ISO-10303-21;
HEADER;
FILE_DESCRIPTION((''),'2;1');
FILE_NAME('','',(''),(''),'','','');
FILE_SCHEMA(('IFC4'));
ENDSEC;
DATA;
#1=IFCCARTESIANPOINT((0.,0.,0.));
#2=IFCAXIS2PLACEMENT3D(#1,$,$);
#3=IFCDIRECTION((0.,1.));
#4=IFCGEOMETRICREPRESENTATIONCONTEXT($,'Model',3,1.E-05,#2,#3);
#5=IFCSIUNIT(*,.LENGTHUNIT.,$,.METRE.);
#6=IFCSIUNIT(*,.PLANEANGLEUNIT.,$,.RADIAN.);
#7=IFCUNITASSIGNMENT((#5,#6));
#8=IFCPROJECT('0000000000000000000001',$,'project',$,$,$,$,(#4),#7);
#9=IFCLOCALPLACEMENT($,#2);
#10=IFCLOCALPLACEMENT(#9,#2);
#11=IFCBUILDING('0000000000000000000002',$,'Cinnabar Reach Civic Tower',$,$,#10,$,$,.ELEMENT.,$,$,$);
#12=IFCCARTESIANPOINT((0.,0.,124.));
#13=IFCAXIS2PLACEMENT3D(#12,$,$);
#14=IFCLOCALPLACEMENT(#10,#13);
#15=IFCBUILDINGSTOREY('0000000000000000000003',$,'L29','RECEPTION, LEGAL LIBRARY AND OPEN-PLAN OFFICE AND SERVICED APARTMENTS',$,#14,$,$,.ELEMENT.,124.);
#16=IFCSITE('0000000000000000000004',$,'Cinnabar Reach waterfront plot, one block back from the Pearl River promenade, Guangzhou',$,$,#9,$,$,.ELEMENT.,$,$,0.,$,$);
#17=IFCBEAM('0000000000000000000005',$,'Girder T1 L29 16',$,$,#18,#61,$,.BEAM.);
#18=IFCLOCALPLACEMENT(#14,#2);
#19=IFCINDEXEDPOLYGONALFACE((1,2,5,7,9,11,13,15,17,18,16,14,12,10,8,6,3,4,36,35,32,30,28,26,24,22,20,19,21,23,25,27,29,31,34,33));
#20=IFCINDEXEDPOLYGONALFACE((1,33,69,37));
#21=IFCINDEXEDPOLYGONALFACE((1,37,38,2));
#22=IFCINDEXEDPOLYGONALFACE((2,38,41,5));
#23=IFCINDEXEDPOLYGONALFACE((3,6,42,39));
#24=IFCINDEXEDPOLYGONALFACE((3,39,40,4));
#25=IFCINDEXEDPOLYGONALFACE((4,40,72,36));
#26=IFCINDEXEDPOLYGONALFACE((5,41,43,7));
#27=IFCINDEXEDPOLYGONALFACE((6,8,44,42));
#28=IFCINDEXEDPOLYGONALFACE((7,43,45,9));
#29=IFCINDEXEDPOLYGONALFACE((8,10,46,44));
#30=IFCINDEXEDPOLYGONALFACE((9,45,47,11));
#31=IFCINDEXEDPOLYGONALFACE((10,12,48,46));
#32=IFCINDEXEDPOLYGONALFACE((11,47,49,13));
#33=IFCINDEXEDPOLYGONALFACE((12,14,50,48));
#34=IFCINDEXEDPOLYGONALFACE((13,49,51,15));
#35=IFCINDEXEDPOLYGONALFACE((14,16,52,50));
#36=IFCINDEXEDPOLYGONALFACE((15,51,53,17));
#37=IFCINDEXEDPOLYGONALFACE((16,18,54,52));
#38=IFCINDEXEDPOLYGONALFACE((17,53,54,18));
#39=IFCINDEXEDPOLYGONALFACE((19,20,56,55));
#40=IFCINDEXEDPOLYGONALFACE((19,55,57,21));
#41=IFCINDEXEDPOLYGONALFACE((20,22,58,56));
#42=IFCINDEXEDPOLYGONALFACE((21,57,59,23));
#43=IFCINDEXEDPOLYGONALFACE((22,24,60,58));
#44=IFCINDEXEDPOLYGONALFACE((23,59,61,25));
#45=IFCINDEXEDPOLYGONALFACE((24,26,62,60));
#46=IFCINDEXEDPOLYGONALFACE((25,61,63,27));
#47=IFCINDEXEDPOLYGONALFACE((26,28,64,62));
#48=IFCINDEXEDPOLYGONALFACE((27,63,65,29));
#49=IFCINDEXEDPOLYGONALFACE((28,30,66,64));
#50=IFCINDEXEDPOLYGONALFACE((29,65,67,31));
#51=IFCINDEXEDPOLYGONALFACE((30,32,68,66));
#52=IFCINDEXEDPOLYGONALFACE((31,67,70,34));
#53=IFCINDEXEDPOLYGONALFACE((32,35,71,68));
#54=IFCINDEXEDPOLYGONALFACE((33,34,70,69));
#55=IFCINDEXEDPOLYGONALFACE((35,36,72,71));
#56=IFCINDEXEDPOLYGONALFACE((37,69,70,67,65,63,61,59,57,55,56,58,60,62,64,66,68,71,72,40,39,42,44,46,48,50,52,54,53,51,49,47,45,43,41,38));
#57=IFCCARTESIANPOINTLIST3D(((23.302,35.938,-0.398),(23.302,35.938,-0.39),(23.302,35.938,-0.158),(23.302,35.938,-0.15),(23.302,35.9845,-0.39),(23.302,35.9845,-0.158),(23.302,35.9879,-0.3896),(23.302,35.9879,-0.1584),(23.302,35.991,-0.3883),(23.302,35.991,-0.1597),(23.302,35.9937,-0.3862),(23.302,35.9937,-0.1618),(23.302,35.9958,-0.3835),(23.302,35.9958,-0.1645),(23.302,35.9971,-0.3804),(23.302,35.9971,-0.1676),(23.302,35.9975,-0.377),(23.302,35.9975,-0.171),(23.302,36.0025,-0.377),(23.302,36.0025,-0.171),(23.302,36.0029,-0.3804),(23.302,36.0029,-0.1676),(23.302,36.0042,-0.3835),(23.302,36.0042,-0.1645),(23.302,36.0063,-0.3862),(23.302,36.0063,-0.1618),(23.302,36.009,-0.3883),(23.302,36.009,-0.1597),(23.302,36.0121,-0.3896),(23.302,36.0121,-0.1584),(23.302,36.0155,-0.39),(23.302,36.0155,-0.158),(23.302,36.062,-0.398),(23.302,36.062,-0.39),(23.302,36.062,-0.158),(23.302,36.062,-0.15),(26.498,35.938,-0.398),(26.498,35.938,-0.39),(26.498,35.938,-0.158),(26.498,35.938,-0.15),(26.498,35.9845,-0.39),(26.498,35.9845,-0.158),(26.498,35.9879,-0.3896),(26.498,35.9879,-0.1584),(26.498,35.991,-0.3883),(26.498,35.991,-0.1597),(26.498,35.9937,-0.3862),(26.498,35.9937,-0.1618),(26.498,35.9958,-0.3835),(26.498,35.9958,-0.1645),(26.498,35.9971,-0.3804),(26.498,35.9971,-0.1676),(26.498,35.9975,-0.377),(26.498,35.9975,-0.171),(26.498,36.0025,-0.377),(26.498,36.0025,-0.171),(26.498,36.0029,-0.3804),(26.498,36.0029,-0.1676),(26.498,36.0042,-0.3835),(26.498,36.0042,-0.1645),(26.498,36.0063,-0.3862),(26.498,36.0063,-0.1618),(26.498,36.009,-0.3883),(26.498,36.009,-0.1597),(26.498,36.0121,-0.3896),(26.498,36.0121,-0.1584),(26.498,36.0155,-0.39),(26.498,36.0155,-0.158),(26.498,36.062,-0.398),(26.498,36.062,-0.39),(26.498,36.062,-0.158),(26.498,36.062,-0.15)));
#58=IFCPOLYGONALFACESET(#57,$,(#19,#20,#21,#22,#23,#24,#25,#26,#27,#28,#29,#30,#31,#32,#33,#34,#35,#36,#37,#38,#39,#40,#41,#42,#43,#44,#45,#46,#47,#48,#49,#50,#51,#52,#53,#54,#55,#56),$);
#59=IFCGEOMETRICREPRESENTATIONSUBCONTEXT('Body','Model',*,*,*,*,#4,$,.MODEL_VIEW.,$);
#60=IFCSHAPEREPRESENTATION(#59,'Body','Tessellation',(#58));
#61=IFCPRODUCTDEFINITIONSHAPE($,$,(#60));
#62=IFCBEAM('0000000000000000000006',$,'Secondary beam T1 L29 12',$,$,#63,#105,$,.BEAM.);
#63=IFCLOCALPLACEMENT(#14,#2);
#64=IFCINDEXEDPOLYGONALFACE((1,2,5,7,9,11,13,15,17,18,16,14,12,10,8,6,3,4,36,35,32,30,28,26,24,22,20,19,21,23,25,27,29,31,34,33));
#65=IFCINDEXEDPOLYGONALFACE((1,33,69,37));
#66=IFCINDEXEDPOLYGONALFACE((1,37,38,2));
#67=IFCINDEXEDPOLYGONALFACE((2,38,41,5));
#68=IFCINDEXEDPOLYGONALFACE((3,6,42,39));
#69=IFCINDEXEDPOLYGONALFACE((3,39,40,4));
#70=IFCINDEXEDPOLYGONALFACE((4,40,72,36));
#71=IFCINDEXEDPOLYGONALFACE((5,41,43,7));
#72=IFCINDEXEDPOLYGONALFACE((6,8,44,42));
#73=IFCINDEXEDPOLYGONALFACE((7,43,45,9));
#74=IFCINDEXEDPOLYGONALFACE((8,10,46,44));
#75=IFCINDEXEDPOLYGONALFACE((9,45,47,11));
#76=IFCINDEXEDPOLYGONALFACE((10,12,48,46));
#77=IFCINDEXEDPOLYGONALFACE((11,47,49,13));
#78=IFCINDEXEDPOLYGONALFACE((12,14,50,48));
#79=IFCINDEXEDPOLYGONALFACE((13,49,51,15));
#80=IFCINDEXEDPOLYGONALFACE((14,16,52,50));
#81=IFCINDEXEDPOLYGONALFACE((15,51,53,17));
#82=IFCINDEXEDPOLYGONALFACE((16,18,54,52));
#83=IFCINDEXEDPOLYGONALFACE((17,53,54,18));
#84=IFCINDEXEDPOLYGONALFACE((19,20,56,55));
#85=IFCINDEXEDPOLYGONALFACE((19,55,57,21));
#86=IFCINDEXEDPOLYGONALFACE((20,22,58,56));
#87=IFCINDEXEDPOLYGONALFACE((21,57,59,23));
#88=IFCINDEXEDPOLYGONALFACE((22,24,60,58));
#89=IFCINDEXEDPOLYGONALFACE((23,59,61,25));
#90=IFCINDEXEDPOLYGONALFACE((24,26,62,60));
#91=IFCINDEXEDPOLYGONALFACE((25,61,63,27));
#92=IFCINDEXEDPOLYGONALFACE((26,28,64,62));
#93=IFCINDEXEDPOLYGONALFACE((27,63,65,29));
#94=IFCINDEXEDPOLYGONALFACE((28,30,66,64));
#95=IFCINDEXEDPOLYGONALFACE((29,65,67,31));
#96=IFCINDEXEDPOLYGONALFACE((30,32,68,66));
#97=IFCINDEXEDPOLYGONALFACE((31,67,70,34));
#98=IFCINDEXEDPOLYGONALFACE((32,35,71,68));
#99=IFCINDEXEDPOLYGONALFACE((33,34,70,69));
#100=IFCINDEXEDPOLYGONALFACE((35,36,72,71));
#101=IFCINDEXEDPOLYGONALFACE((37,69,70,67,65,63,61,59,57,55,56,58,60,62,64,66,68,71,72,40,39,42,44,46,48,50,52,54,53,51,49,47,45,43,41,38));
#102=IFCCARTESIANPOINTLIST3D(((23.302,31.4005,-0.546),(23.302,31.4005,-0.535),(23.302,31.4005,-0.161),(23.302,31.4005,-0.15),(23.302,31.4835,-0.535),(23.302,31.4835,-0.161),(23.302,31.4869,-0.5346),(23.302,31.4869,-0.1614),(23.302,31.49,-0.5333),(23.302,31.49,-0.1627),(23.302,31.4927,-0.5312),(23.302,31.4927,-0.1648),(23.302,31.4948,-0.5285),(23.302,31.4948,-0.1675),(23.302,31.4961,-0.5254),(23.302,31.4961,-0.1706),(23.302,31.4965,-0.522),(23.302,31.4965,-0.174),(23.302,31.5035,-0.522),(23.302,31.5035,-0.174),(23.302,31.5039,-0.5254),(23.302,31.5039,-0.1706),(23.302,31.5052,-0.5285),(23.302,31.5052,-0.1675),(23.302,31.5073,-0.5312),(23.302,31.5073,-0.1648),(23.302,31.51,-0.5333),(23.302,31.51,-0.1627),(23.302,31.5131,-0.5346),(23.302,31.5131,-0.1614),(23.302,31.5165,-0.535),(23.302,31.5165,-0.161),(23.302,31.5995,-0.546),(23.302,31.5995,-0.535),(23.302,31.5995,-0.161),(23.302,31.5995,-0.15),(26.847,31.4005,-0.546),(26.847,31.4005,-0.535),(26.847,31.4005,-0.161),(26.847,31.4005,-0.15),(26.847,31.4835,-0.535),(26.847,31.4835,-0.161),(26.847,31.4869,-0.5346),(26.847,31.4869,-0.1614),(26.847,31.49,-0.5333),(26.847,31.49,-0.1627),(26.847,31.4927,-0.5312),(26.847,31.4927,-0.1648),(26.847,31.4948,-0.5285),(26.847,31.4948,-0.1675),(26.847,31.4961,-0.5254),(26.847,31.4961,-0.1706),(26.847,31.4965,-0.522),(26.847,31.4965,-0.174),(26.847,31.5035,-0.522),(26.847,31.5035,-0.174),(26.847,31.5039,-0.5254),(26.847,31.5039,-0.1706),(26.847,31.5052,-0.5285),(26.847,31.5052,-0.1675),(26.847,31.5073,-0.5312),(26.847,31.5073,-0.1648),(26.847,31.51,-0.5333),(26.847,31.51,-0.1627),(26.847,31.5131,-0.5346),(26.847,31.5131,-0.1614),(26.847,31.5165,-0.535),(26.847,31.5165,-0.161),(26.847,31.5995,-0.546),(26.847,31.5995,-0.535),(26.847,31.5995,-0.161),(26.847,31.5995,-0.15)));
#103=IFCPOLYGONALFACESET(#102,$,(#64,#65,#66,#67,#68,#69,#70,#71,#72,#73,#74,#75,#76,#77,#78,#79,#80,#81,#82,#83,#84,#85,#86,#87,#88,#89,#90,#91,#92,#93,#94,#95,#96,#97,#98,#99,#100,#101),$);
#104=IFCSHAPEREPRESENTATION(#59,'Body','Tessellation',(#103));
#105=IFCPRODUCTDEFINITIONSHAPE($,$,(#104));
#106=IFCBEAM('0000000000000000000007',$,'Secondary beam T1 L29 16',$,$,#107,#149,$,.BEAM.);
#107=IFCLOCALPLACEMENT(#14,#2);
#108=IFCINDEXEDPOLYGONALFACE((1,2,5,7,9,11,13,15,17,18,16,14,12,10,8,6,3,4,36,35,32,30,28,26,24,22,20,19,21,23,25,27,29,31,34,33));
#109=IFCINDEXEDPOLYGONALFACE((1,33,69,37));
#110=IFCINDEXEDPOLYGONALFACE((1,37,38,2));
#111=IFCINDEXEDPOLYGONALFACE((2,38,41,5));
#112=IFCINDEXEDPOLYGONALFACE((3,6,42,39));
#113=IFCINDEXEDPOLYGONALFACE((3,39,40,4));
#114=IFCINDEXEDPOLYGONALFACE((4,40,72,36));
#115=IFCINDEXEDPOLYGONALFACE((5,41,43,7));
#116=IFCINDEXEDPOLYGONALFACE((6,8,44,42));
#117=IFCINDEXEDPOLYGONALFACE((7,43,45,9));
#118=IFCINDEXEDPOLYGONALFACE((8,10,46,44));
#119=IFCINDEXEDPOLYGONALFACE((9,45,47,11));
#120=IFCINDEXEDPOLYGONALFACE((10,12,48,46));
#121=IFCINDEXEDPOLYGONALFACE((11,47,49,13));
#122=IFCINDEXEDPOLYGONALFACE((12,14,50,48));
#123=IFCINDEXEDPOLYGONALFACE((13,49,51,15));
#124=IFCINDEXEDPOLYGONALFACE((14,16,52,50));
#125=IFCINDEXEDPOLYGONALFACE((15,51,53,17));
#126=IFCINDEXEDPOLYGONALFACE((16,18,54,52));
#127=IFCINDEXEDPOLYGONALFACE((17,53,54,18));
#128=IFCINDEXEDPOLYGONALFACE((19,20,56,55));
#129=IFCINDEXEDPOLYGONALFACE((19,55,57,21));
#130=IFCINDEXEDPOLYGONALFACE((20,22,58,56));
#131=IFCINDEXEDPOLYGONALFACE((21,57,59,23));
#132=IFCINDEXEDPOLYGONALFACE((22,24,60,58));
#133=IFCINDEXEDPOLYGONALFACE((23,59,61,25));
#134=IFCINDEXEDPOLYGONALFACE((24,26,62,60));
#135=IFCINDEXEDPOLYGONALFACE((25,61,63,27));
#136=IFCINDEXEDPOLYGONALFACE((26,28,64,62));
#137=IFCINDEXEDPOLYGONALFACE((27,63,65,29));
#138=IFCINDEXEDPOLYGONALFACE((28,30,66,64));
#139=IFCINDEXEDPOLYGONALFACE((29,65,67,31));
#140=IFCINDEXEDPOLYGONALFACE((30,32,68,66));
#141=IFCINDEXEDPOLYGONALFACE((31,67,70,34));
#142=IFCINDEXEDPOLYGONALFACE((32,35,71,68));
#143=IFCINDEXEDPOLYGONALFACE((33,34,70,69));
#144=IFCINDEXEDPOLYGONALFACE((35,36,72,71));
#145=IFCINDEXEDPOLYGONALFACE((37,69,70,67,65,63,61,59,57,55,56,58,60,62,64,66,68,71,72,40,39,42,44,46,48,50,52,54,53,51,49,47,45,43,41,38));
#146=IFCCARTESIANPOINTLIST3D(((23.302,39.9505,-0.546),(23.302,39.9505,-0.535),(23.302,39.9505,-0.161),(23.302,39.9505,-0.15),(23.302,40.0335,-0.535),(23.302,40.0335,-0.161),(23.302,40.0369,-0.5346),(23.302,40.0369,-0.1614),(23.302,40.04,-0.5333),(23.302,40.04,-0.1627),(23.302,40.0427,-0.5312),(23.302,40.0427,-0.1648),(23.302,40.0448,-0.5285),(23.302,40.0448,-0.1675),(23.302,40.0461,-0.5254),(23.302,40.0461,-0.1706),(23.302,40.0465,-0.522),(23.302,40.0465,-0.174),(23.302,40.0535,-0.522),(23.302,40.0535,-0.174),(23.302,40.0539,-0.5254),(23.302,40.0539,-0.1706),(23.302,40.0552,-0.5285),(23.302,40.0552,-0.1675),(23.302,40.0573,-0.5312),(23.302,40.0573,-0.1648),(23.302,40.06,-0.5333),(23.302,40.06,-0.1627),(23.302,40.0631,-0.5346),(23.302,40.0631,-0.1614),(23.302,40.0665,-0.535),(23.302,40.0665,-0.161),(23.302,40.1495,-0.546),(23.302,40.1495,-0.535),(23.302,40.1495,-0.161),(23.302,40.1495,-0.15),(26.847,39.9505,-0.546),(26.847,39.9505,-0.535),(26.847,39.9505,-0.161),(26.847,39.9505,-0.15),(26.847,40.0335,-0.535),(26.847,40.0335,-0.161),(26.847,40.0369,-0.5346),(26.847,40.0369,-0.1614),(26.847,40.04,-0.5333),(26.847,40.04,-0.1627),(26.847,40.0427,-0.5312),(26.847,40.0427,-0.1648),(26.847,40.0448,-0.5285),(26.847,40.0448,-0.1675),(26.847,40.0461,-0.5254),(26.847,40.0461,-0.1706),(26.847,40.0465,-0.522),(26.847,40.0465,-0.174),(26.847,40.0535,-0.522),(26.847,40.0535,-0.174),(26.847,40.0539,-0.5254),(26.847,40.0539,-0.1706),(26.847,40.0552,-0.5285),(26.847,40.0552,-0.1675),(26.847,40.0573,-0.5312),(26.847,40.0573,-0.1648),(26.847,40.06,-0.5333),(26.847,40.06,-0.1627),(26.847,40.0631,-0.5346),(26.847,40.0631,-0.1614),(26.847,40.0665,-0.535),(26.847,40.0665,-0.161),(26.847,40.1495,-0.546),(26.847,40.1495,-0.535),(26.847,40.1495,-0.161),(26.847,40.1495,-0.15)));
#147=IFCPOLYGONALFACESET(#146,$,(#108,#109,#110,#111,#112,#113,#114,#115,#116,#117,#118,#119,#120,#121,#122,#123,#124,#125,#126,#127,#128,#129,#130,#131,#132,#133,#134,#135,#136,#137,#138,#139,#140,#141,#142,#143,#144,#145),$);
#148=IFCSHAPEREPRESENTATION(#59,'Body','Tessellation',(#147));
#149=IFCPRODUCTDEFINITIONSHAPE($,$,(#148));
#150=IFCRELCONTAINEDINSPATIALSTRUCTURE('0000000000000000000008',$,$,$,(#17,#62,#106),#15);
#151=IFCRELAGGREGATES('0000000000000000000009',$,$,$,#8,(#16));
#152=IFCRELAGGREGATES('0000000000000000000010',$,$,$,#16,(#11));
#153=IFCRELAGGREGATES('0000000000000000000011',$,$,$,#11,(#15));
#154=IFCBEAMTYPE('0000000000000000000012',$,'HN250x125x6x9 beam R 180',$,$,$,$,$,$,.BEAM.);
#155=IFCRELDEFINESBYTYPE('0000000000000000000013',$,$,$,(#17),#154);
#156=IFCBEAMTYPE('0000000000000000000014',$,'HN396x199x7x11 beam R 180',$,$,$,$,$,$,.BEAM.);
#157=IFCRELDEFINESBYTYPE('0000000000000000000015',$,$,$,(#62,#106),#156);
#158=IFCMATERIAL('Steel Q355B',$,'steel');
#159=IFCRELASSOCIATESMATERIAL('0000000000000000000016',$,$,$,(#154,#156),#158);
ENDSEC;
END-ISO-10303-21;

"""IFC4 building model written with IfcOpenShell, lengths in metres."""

from ifc_helpers import new_model, si_unit, direction, frame, origin, origin_2d, place, context, subcontext, project, spatial, i_section, extrude, material, material_profile, profile_set, type_object, element, save


model = new_model("IFC4")

# Units and contexts
model_context = context("Model", 3, precision=1e-05, world=origin(), true_north=direction((0.0, 1.0)))
body_context = subcontext(model_context, "Body", "Model", "MODEL_VIEW")
ifc_project = project(units=[si_unit("LENGTHUNIT", "METRE"), si_unit("PLANEANGLEUNIT", "RADIAN")], contexts=[model_context])

# Site, building, storey
site_placement = place(None, origin())
site = spatial("IfcSite", under=ifc_project, at=site_placement, Name="Cinnabar Reach waterfront plot, one block back from the Pearl River promenade, Guangzhou", CompositionType="ELEMENT", RefElevation=0.0)
building_placement = place(site_placement, origin())
building = spatial("IfcBuilding", under=site, at=building_placement, Name="Cinnabar Reach Civic Tower", CompositionType="ELEMENT")
storey_placement = place(building_placement, frame((0.0, 0.0, 124.0)))
storey = spatial("IfcBuildingStorey", under=building, at=storey_placement, Name="L29", Description="RECEPTION, LEGAL LIBRARY AND OPEN-PLAN OFFICE AND SERVICED APARTMENTS", CompositionType="ELEMENT", Elevation=124.0)

# Beams
ifc_material_1 = material(Name="Steel Q355B", Category="steel")
ifc_material_profile_1 = material_profile(ifc_material_1, i_section(OverallWidth=0.124, OverallDepth=0.248, WebThickness=0.005, FlangeThickness=0.008, FilletRadius=0.013, at=origin_2d()), Name="HN250x125x6x9")
ifc_profile_set_1 = profile_set([ifc_material_profile_1], Name="Steel Q355B")
beam_type_1 = type_object("IfcBeamType", Name="HN250x125x6x9 beam R 180", PredefinedType="BEAM", material=ifc_profile_set_1)
beam_placement = place(storey_placement, frame((23.302, 36.0, -0.274), z_axis=(1.0, 0.0, 0.0), x_axis=(0.0, 1.0, 0.0)))
element("IfcBeam", 1, at=beam_placement, inside=storey, type_object=beam_type_1, Name="Girder T1 L29 16", PredefinedType="BEAM", context=body_context, shape_type="SweptSolid", body=[
    extrude(i_section(OverallWidth=0.124, OverallDepth=0.248, WebThickness=0.005, FlangeThickness=0.008, FilletRadius=0.013, at=origin_2d()), origin(), (0.0, 0.0, 1.0), 3.196),
])
ifc_material_profile_2 = material_profile(ifc_material_1, i_section(OverallWidth=0.199, OverallDepth=0.396, WebThickness=0.007, FlangeThickness=0.011, FilletRadius=0.013, at=origin_2d()), Name="HN396x199x7x11")
ifc_profile_set_2 = profile_set([ifc_material_profile_2], Name="Steel Q355B")
beam_type_2 = type_object("IfcBeamType", Name="HN396x199x7x11 beam R 180", PredefinedType="BEAM", material=ifc_profile_set_2)
for number, where, z_axis, x_axis, name in (
    (2, (23.302, 31.5, -0.348), (1.0, 0.0, 0.0), (0.0, 1.0, 0.0), "Secondary beam T1 L29 12"),
    (3, (23.302, 40.05, -0.348), (1.0, 0.0, 0.0), (0.0, 1.0, 0.0), "Secondary beam T1 L29 16"),
):
    element("IfcBeam", number, at=place(storey_placement, frame(where, z_axis=z_axis, x_axis=x_axis)), inside=storey, type_object=beam_type_2, Name=name, PredefinedType="BEAM", context=body_context, shape_type="SweptSolid", body=[
        extrude(i_section(OverallWidth=0.199, OverallDepth=0.396, WebThickness=0.007, FlangeThickness=0.011, FilletRadius=0.013, at=origin_2d()), origin(), (0.0, 0.0, 1.0), 3.545),
    ])

save(model, "model.ifc")
